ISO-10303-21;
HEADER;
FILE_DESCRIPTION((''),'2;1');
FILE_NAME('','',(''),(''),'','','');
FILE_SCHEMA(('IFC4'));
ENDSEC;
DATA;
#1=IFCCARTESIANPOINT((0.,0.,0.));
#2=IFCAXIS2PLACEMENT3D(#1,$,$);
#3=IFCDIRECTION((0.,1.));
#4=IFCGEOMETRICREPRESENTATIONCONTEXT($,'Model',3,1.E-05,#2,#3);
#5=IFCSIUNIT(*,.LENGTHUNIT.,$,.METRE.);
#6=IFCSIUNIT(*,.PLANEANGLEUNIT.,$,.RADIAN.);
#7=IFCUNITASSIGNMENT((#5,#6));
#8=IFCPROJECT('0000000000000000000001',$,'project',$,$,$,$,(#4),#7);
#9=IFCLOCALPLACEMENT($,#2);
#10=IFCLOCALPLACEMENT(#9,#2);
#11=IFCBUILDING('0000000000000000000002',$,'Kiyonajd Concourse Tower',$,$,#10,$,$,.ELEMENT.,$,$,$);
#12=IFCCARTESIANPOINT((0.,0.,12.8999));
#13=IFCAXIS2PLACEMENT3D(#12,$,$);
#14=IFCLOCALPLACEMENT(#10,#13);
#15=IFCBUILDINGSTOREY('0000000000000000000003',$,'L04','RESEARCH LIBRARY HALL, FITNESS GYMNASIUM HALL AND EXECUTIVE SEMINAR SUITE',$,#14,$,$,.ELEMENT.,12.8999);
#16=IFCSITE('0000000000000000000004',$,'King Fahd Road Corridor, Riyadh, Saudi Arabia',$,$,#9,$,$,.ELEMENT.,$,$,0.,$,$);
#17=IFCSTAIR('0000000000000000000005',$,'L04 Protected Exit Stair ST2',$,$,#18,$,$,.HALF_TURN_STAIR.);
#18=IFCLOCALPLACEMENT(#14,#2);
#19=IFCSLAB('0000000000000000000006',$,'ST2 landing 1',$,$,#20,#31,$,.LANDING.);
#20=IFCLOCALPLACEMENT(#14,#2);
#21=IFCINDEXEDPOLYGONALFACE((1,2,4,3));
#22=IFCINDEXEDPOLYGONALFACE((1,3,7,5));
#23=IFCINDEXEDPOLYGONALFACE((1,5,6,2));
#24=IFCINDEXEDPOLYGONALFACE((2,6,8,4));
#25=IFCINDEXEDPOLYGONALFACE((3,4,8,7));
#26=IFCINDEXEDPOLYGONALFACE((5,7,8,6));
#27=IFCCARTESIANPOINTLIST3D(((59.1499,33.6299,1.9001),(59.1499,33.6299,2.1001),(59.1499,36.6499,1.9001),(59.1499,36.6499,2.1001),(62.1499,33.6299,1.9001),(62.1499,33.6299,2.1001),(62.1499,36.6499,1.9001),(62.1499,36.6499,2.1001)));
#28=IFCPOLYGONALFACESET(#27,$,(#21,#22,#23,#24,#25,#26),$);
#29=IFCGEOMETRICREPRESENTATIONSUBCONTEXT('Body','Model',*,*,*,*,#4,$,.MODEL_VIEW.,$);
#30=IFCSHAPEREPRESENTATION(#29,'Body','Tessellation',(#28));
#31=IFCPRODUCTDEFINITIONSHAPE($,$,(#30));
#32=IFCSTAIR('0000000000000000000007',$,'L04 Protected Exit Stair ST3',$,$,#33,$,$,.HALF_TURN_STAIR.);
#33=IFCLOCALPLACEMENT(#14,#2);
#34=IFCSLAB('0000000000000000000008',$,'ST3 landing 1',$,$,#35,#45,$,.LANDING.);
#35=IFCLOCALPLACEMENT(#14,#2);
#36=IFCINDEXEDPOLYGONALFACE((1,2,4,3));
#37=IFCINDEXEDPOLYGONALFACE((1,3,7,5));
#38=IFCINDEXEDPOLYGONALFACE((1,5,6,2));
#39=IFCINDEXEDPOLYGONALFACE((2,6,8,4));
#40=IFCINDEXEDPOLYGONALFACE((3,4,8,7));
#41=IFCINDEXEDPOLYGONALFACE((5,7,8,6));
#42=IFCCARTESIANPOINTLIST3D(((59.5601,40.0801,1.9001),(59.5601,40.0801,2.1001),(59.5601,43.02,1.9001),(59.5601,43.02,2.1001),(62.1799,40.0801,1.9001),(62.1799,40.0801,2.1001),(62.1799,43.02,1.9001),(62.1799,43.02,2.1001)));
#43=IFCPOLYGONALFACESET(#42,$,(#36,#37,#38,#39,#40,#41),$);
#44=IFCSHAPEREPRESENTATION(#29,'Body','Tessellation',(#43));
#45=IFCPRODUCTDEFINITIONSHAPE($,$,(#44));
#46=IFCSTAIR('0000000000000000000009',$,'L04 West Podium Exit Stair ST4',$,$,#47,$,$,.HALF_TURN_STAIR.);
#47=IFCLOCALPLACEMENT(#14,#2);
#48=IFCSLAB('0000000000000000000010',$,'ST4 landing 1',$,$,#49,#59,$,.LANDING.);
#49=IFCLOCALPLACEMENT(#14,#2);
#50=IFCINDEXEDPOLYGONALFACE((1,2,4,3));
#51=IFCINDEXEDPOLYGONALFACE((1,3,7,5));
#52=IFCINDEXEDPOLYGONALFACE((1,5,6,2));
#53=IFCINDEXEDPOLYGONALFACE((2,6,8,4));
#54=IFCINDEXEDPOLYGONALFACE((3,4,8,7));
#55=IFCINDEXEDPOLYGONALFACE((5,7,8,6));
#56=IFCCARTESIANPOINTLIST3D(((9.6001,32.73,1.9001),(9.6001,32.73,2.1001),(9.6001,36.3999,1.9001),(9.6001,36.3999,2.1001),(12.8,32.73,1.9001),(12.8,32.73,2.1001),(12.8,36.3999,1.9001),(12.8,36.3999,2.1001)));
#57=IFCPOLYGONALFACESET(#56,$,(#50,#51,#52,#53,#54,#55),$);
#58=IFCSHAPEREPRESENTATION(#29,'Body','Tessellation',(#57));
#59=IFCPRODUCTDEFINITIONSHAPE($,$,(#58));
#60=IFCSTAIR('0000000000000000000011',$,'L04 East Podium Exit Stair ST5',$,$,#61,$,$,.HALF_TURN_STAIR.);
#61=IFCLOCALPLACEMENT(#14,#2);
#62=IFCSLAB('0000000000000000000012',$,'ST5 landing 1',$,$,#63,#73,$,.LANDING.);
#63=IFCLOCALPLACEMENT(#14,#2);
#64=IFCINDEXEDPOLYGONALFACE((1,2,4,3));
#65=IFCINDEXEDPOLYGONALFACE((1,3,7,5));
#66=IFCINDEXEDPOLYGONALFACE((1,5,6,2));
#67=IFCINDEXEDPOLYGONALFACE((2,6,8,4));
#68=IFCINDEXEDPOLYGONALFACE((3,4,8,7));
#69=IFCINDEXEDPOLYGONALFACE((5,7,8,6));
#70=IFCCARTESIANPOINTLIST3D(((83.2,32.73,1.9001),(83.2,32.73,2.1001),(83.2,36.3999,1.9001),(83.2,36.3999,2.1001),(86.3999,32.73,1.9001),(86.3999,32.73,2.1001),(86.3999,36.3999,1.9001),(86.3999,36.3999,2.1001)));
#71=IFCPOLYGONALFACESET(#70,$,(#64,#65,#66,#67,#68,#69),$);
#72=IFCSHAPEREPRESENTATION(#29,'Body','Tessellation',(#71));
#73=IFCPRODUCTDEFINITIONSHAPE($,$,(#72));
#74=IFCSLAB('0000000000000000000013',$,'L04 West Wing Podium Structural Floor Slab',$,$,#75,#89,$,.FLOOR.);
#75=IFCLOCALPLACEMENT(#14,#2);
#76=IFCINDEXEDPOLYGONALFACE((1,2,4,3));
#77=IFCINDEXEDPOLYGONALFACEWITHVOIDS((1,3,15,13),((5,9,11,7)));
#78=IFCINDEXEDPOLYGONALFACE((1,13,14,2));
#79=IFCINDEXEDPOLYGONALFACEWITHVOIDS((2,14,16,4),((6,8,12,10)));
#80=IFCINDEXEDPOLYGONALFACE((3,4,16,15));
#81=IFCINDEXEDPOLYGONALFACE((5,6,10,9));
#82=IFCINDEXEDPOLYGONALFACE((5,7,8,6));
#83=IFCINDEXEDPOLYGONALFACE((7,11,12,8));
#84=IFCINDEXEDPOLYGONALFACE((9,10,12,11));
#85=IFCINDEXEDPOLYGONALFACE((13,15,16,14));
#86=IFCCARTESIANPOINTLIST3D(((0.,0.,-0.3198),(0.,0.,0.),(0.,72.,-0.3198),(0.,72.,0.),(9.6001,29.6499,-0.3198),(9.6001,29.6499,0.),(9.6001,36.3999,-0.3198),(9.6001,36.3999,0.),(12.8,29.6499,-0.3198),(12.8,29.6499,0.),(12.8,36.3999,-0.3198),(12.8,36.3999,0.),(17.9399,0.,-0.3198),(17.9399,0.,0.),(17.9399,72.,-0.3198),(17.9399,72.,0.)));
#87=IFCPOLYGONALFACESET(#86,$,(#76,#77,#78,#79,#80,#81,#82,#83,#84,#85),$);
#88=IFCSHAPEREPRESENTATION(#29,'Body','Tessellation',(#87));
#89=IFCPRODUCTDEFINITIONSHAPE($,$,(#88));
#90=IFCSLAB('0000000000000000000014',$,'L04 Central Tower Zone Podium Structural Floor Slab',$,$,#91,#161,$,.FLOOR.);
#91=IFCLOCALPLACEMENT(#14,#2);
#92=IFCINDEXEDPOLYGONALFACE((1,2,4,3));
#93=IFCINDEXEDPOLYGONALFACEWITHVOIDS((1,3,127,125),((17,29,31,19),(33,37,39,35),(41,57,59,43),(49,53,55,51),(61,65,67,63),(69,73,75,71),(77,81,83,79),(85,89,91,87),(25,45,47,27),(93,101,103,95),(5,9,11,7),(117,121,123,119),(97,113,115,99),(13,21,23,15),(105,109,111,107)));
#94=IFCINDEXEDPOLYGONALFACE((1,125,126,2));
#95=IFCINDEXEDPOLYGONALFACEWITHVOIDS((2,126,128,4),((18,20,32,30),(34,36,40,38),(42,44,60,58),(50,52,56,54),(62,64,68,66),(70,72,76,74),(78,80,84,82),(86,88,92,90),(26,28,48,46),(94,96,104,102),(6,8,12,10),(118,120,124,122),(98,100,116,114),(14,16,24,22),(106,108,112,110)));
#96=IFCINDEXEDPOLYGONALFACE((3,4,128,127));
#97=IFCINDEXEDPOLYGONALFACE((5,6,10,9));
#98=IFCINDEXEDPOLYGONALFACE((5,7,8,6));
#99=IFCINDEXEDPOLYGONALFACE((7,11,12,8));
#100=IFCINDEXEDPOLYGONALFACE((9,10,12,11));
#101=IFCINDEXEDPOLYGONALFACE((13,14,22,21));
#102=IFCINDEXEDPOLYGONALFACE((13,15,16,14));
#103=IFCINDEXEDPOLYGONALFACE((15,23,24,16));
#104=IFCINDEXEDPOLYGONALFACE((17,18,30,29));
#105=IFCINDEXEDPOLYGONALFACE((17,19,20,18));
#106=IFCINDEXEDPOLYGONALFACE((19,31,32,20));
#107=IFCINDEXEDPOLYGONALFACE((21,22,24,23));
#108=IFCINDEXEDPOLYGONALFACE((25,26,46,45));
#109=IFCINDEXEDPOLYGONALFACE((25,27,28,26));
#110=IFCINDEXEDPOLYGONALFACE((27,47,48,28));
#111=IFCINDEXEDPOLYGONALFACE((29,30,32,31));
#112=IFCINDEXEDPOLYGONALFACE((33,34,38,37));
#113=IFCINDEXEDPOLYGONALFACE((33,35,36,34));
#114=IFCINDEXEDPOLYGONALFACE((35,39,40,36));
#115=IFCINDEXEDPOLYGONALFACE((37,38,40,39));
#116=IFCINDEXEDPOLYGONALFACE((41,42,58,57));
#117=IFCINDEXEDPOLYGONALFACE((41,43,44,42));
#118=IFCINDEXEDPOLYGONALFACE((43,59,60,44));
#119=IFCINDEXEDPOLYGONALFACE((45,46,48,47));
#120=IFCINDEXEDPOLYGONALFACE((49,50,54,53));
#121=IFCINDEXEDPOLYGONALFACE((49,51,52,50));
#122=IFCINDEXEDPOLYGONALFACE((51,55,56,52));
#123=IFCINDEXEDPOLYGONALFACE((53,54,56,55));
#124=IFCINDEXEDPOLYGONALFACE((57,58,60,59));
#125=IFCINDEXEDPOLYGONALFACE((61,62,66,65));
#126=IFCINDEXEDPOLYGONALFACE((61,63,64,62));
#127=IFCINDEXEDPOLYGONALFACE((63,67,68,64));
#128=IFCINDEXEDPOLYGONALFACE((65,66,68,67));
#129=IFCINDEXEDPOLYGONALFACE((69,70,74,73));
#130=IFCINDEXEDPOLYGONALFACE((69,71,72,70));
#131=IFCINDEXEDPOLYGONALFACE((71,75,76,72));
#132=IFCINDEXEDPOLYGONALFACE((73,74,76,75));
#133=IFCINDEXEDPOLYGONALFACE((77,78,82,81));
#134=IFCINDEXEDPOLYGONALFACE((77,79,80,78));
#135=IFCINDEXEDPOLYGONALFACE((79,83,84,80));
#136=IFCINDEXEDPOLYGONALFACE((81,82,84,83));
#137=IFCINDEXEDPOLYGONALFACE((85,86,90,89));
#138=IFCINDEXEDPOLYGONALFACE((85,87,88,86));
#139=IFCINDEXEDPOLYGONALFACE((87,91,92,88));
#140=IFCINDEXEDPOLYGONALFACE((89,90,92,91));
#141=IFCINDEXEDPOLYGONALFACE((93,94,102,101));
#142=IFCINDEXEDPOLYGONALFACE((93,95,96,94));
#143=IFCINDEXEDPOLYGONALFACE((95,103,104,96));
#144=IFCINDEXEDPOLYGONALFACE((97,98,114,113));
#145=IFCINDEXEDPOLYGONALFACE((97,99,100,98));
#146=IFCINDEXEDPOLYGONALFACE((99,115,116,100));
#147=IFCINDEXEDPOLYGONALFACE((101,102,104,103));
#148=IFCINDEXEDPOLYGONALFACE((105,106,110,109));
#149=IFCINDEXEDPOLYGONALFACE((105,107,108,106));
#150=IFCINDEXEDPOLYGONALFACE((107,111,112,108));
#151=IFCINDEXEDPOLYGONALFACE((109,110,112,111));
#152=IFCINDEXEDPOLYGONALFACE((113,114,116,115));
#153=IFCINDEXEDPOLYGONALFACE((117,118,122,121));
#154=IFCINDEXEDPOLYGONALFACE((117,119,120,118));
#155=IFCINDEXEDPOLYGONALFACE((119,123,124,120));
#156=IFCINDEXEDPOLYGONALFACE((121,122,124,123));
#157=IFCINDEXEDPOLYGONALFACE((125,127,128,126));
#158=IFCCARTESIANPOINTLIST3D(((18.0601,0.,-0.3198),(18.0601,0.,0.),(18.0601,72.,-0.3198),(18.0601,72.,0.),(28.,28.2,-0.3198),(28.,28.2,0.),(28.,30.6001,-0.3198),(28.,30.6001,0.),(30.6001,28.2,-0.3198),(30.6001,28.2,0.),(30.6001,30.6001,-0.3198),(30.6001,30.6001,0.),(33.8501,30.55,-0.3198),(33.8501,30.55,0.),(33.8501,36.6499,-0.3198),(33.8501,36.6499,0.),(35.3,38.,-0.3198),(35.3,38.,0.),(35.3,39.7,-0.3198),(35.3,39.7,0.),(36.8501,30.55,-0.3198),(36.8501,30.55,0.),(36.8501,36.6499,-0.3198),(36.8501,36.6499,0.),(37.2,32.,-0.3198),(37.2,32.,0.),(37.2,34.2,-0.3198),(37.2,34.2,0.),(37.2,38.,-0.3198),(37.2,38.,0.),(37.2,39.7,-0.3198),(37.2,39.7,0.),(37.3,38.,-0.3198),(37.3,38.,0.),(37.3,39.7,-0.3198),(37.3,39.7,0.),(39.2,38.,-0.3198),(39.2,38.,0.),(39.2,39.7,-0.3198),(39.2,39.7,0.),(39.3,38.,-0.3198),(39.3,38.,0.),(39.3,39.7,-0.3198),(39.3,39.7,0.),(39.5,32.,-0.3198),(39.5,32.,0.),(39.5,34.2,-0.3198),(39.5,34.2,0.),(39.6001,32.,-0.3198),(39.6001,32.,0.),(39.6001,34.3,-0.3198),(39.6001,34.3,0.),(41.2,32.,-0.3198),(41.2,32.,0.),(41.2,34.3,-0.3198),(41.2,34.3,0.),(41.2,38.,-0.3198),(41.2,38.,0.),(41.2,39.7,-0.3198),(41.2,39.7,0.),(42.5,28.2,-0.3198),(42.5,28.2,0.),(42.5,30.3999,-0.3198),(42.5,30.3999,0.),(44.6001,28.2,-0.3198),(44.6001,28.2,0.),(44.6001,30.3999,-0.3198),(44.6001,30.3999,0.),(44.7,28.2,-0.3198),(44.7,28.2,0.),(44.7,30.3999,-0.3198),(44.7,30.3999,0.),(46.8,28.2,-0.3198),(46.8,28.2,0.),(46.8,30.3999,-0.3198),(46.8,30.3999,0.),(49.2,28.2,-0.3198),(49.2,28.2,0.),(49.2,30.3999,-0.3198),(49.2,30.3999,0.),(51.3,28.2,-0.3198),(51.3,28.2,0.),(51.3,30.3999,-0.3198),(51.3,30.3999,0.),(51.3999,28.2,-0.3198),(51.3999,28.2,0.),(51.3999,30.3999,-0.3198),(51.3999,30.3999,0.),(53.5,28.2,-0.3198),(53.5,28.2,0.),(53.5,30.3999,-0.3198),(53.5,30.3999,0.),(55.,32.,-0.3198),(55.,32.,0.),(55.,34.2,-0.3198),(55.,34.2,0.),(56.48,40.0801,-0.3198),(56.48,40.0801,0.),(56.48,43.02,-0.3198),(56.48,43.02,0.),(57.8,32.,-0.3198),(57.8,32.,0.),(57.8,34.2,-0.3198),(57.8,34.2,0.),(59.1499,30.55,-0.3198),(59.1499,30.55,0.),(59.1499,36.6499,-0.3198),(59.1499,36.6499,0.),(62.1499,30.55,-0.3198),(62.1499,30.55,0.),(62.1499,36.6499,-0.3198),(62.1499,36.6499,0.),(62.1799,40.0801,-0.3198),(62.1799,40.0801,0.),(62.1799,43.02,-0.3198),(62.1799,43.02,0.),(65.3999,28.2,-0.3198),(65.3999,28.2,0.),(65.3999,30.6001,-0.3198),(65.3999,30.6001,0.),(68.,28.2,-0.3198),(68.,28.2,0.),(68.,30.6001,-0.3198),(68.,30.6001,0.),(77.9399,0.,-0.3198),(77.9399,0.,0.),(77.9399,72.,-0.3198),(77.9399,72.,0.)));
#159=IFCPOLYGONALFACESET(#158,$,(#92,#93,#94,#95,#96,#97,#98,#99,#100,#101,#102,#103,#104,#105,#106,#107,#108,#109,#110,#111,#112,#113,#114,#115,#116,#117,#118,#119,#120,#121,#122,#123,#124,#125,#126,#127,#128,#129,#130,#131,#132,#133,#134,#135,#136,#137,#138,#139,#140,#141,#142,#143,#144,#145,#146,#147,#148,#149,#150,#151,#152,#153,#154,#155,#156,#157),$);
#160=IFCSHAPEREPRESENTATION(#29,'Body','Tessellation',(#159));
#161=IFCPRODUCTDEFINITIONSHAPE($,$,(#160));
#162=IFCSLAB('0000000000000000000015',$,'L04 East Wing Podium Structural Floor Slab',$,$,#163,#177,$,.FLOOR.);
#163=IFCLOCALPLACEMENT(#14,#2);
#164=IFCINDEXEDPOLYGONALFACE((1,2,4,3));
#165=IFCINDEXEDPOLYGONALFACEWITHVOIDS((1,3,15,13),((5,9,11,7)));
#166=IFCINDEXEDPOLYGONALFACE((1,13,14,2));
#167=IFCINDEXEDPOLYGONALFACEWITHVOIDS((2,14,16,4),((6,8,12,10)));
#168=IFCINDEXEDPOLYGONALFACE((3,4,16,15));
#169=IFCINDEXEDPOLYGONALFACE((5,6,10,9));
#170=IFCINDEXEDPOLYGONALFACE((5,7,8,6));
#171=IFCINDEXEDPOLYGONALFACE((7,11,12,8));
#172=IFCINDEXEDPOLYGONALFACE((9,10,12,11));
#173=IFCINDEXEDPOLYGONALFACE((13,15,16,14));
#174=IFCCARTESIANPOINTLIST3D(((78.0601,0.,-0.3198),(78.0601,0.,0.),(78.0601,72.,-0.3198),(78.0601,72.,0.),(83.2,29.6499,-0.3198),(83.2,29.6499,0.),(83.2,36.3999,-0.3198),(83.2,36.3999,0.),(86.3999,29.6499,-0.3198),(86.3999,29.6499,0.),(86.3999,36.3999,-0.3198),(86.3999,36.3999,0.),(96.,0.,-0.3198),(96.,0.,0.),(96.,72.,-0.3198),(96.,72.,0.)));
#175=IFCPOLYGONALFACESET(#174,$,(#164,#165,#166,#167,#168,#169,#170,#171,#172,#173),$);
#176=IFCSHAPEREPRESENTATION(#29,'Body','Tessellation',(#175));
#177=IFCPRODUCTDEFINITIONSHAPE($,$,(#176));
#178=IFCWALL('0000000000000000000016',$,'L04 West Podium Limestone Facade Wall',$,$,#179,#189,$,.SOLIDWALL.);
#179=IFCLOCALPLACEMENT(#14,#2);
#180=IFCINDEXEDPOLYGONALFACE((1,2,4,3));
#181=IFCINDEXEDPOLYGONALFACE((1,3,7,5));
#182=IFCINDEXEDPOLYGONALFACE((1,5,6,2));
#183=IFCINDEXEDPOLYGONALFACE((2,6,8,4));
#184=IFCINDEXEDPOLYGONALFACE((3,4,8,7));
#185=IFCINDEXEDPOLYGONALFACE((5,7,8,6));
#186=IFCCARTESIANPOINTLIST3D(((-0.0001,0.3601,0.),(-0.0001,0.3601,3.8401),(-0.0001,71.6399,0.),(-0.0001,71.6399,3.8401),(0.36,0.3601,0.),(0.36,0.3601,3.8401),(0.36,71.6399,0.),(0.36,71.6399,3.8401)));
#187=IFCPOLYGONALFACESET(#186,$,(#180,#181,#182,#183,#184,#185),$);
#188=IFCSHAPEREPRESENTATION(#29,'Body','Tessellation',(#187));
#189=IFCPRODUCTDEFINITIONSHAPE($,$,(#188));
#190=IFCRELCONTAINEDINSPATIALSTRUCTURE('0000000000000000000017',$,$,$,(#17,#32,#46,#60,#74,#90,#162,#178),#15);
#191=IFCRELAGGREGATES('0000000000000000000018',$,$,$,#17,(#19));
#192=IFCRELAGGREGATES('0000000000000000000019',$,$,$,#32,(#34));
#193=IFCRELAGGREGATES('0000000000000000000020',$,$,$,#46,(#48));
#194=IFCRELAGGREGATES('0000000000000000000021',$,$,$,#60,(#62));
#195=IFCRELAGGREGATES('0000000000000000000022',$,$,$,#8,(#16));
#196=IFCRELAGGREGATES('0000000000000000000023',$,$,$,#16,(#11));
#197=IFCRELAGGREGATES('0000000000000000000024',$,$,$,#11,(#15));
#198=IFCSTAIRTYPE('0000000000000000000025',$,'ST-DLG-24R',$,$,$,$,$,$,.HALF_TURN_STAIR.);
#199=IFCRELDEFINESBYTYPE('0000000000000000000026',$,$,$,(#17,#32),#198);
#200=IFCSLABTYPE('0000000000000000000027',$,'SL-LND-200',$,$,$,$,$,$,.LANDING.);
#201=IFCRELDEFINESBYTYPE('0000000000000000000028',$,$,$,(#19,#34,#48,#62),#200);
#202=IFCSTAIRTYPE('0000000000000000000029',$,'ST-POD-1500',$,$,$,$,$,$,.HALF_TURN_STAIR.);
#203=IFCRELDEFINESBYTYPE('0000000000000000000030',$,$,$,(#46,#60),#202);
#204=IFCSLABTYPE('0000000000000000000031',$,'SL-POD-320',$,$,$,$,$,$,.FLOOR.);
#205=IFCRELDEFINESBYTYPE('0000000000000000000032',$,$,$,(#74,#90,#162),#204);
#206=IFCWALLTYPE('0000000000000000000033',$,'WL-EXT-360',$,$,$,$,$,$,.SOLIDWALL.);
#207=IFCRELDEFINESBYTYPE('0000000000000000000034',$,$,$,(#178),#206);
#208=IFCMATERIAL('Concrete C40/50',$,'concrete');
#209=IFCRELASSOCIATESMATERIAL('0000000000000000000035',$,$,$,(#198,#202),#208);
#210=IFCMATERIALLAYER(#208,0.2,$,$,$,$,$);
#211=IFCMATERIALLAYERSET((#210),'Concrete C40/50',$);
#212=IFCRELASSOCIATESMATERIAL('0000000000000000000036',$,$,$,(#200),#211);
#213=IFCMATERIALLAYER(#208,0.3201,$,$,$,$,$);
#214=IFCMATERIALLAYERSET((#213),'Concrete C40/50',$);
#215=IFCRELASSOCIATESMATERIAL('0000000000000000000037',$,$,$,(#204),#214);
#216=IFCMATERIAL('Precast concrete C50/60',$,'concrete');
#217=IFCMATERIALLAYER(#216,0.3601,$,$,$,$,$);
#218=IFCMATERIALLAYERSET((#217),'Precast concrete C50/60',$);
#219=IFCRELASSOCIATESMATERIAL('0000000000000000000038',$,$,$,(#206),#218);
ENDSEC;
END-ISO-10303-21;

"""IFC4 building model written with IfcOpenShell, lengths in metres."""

from ifc_helpers import new_model, si_unit, direction, frame, frame_2d, origin, place, context, subcontext, project, spatial, polyline, rectangle, outline, extrude, material, layer, layer_set, type_object, element, aggregate, save


model = new_model("IFC4")

# Units and contexts
model_context = context("Model", 3, precision=1e-05, world=origin(), true_north=direction((0.0, 1.0)))
body_context = subcontext(model_context, "Body", "Model", "MODEL_VIEW")
ifc_project = project(units=[si_unit("LENGTHUNIT", "METRE"), si_unit("PLANEANGLEUNIT", "RADIAN")], contexts=[model_context])

# Site, building, storey
site_placement = place(None, origin())
site = spatial("IfcSite", under=ifc_project, at=site_placement, Name="King Fahd Road Corridor, Riyadh, Saudi Arabia", CompositionType="ELEMENT", RefElevation=0.0)
building_placement = place(site_placement, origin())
building = spatial("IfcBuilding", under=site, at=building_placement, Name="Kiyonajd Concourse Tower", CompositionType="ELEMENT")
storey_placement = place(building_placement, frame((0.0, 0.0, 12.8999)))
storey = spatial("IfcBuildingStorey", under=building, at=storey_placement, Name="L04", Description="RESEARCH LIBRARY HALL, FITNESS GYMNASIUM HALL AND EXECUTIVE SEMINAR SUITE", CompositionType="ELEMENT", Elevation=12.8999)

# Stairs, slabs
ifc_material_1 = material(Name="Concrete C40/50", Category="concrete")
stair_type_1 = type_object("IfcStairType", Name="ST-DLG-24R", PredefinedType="HALF_TURN_STAIR", material=ifc_material_1)
ifc_layer_1 = layer(ifc_material_1, 0.2)
ifc_layer_set_1 = layer_set([ifc_layer_1], Name="Concrete C40/50")
slab_type_1 = type_object("IfcSlabType", Name="SL-LND-200", PredefinedType="LANDING", material=ifc_layer_set_1)
stair_1_placement = place(storey_placement, origin())
stair_1 = element("IfcStair", 1, at=stair_1_placement, inside=storey, type_object=stair_type_1, Name="L04 Protected Exit Stair ST2", PredefinedType="HALF_TURN_STAIR")
slab_1_placement = place(storey_placement, frame((0.0, 0.0, 1.9001)))
slab_1 = element("IfcSlab", 2, at=slab_1_placement, type_object=slab_type_1, Name="ST2 landing 1", PredefinedType="LANDING", context=body_context, shape_type="SweptSolid", body=[
    extrude(outline(polyline([(62.1499, 33.6299), (62.1499, 36.6499), (59.1499, 36.6499), (59.1499, 33.6299), (62.1499, 33.6299)])), origin(), (0.0, 0.0, 1.0), 0.2),
])
aggregate(stair_1, [slab_1])
stair_2_placement = place(storey_placement, origin())
stair_2 = element("IfcStair", 3, at=stair_2_placement, inside=storey, type_object=stair_type_1, Name="L04 Protected Exit Stair ST3", PredefinedType="HALF_TURN_STAIR")
slab_2_placement = place(storey_placement, frame((0.0, 0.0, 1.9001)))
slab_2 = element("IfcSlab", 4, at=slab_2_placement, type_object=slab_type_1, Name="ST3 landing 1", PredefinedType="LANDING", context=body_context, shape_type="SweptSolid", body=[
    extrude(outline(polyline([(59.5601, 40.0801), (62.1799, 40.0801), (62.1799, 43.02), (59.5601, 43.02), (59.5601, 40.0801)])), origin(), (0.0, 0.0, 1.0), 0.2),
])
aggregate(stair_2, [slab_2])
stair_type_2 = type_object("IfcStairType", Name="ST-POD-1500", PredefinedType="HALF_TURN_STAIR", material=ifc_material_1)
stair_3_placement = place(storey_placement, origin())
stair_3 = element("IfcStair", 5, at=stair_3_placement, inside=storey, type_object=stair_type_2, Name="L04 West Podium Exit Stair ST4", PredefinedType="HALF_TURN_STAIR")
slab_3_placement = place(storey_placement, frame((0.0, 0.0, 1.9001)))
slab_3 = element("IfcSlab", 6, at=slab_3_placement, type_object=slab_type_1, Name="ST4 landing 1", PredefinedType="LANDING", context=body_context, shape_type="SweptSolid", body=[
    extrude(outline(polyline([(12.8, 32.73), (12.8, 36.3999), (9.6001, 36.3999), (9.6001, 32.73), (12.8, 32.73)])), origin(), (0.0, 0.0, 1.0), 0.2),
])
aggregate(stair_3, [slab_3])
stair_4_placement = place(storey_placement, origin())
stair_4 = element("IfcStair", 7, at=stair_4_placement, inside=storey, type_object=stair_type_2, Name="L04 East Podium Exit Stair ST5", PredefinedType="HALF_TURN_STAIR")
slab_4_placement = place(storey_placement, frame((0.0, 0.0, 1.9001)))
slab_4 = element("IfcSlab", 8, at=slab_4_placement, type_object=slab_type_1, Name="ST5 landing 1", PredefinedType="LANDING", context=body_context, shape_type="SweptSolid", body=[
    extrude(outline(polyline([(86.3999, 32.73), (86.3999, 36.3999), (83.2, 36.3999), (83.2, 32.73), (86.3999, 32.73)])), origin(), (0.0, 0.0, 1.0), 0.2),
])
aggregate(stair_4, [slab_4])

# Slabs
ifc_layer_2 = layer(ifc_material_1, 0.3201)
ifc_layer_set_2 = layer_set([ifc_layer_2], Name="Concrete C40/50")
slab_type_2 = type_object("IfcSlabType", Name="SL-POD-320", PredefinedType="FLOOR", material=ifc_layer_set_2)
slab_5_placement = place(storey_placement, frame((0.0, 0.0, -0.3198)))
element("IfcSlab", 9, at=slab_5_placement, inside=storey, type_object=slab_type_2, Name="L04 West Wing Podium Structural Floor Slab", PredefinedType="FLOOR", context=body_context, shape_type="SweptSolid", body=[
    extrude(outline(polyline([(0.0, 0.0), (17.9399, 0.0), (17.9399, 72.0), (0.0, 72.0), (0.0, 0.0)]), holes=[polyline([(9.6001, 29.6499), (9.6001, 36.3999), (12.8, 36.3999), (12.8, 29.6499), (9.6001, 29.6499)])]), origin(), (0.0, 0.0, 1.0), 0.3198),
])
slab_6_placement = place(storey_placement, frame((0.0, 0.0, -0.3198)))
element("IfcSlab", 10, at=slab_6_placement, inside=storey, type_object=slab_type_2, Name="L04 Central Tower Zone Podium Structural Floor Slab", PredefinedType="FLOOR", context=body_context, shape_type="SweptSolid", body=[
    extrude(outline(polyline([(18.0601, 0.0), (77.9399, 0.0), (77.9399, 72.0), (18.0601, 72.0), (18.0601, 0.0)]), holes=[polyline([(42.5, 28.2), (42.5, 30.3999), (44.6001, 30.3999), (44.6001, 28.2), (42.5, 28.2)]), polyline([(28.0, 28.2), (28.0, 30.6001), (30.6001, 30.6001), (30.6001, 28.2), (28.0, 28.2)]), polyline([(37.2, 32.0), (37.2, 34.2), (39.5, 34.2), (39.5, 32.0), (37.2, 32.0)]), polyline([(39.6001, 32.0), (39.6001, 34.3), (41.2, 34.3), (41.2, 32.0), (39.6001, 32.0)]), polyline([(33.8501, 30.55), (33.8501, 36.6499), (36.8501, 36.6499), (36.8501, 30.55), (33.8501, 30.55)]), polyline([(35.3, 38.0), (35.3, 39.7), (37.2, 39.7), (37.2, 38.0), (35.3, 38.0)]), polyline([(37.3, 38.0), (37.3, 39.7), (39.2, 39.7), (39.2, 38.0), (37.3, 38.0)]), polyline([(39.3, 38.0), (39.3, 39.7), (41.2, 39.7), (41.2, 38.0), (39.3, 38.0)]), polyline([(44.7, 28.2), (44.7, 30.3999), (46.8, 30.3999), (46.8, 28.2), (44.7, 28.2)]), polyline([(49.2, 28.2), (49.2, 30.3999), (51.3, 30.3999), (51.3, 28.2), (49.2, 28.2)]), polyline([(51.3999, 28.2), (51.3999, 30.3999), (53.5, 30.3999), (53.5, 28.2), (51.3999, 28.2)]), polyline([(65.3999, 28.2), (65.3999, 30.6001), (68.0, 30.6001), (68.0, 28.2), (65.3999, 28.2)]), polyline([(55.0, 32.0), (55.0, 34.2), (57.8, 34.2), (57.8, 32.0), (55.0, 32.0)]), polyline([(59.1499, 36.6499), (62.1499, 36.6499), (62.1499, 30.55), (59.1499, 30.55), (59.1499, 36.6499)]), polyline([(62.1799, 43.02), (62.1799, 40.0801), (56.48, 40.0801), (56.48, 43.02), (62.1799, 43.02)])]), origin(), (0.0, 0.0, 1.0), 0.3198),
])
slab_7_placement = place(storey_placement, frame((0.0, 0.0, -0.3198)))
element("IfcSlab", 11, at=slab_7_placement, inside=storey, type_object=slab_type_2, Name="L04 East Wing Podium Structural Floor Slab", PredefinedType="FLOOR", context=body_context, shape_type="SweptSolid", body=[
    extrude(outline(polyline([(78.0601, 0.0), (96.0, 0.0), (96.0, 72.0), (78.0601, 72.0), (78.0601, 0.0)]), holes=[polyline([(83.2, 29.6499), (83.2, 36.3999), (86.3999, 36.3999), (86.3999, 29.6499), (83.2, 29.6499)])]), origin(), (0.0, 0.0, 1.0), 0.3198),
])

# Wall
ifc_material_2 = material(Name="Precast concrete C50/60", Category="concrete")
ifc_layer_3 = layer(ifc_material_2, 0.3601)
ifc_layer_set_3 = layer_set([ifc_layer_3], Name="Precast concrete C50/60")
wall_type_1 = type_object("IfcWallType", Name="WL-EXT-360", PredefinedType="SOLIDWALL", material=ifc_layer_set_3)
wall_1_placement = place(storey_placement, frame((0.1799, 0.3601, 0.0), z_axis=(0.0, 0.0, 1.0), x_axis=(0.0, 1.0, 0.0)))
element("IfcWall", 12, at=wall_1_placement, inside=storey, type_object=wall_type_1, Name="L04 West Podium Limestone Facade Wall", PredefinedType="SOLIDWALL", context=body_context, shape_type="SweptSolid", body=[
    extrude(rectangle(XDim=71.2798, YDim=0.3601, at=frame_2d((35.6399, 0.0))), origin(), (0.0, 0.0, 1.0), 3.8401),
])

save(model, "model.ifc")
